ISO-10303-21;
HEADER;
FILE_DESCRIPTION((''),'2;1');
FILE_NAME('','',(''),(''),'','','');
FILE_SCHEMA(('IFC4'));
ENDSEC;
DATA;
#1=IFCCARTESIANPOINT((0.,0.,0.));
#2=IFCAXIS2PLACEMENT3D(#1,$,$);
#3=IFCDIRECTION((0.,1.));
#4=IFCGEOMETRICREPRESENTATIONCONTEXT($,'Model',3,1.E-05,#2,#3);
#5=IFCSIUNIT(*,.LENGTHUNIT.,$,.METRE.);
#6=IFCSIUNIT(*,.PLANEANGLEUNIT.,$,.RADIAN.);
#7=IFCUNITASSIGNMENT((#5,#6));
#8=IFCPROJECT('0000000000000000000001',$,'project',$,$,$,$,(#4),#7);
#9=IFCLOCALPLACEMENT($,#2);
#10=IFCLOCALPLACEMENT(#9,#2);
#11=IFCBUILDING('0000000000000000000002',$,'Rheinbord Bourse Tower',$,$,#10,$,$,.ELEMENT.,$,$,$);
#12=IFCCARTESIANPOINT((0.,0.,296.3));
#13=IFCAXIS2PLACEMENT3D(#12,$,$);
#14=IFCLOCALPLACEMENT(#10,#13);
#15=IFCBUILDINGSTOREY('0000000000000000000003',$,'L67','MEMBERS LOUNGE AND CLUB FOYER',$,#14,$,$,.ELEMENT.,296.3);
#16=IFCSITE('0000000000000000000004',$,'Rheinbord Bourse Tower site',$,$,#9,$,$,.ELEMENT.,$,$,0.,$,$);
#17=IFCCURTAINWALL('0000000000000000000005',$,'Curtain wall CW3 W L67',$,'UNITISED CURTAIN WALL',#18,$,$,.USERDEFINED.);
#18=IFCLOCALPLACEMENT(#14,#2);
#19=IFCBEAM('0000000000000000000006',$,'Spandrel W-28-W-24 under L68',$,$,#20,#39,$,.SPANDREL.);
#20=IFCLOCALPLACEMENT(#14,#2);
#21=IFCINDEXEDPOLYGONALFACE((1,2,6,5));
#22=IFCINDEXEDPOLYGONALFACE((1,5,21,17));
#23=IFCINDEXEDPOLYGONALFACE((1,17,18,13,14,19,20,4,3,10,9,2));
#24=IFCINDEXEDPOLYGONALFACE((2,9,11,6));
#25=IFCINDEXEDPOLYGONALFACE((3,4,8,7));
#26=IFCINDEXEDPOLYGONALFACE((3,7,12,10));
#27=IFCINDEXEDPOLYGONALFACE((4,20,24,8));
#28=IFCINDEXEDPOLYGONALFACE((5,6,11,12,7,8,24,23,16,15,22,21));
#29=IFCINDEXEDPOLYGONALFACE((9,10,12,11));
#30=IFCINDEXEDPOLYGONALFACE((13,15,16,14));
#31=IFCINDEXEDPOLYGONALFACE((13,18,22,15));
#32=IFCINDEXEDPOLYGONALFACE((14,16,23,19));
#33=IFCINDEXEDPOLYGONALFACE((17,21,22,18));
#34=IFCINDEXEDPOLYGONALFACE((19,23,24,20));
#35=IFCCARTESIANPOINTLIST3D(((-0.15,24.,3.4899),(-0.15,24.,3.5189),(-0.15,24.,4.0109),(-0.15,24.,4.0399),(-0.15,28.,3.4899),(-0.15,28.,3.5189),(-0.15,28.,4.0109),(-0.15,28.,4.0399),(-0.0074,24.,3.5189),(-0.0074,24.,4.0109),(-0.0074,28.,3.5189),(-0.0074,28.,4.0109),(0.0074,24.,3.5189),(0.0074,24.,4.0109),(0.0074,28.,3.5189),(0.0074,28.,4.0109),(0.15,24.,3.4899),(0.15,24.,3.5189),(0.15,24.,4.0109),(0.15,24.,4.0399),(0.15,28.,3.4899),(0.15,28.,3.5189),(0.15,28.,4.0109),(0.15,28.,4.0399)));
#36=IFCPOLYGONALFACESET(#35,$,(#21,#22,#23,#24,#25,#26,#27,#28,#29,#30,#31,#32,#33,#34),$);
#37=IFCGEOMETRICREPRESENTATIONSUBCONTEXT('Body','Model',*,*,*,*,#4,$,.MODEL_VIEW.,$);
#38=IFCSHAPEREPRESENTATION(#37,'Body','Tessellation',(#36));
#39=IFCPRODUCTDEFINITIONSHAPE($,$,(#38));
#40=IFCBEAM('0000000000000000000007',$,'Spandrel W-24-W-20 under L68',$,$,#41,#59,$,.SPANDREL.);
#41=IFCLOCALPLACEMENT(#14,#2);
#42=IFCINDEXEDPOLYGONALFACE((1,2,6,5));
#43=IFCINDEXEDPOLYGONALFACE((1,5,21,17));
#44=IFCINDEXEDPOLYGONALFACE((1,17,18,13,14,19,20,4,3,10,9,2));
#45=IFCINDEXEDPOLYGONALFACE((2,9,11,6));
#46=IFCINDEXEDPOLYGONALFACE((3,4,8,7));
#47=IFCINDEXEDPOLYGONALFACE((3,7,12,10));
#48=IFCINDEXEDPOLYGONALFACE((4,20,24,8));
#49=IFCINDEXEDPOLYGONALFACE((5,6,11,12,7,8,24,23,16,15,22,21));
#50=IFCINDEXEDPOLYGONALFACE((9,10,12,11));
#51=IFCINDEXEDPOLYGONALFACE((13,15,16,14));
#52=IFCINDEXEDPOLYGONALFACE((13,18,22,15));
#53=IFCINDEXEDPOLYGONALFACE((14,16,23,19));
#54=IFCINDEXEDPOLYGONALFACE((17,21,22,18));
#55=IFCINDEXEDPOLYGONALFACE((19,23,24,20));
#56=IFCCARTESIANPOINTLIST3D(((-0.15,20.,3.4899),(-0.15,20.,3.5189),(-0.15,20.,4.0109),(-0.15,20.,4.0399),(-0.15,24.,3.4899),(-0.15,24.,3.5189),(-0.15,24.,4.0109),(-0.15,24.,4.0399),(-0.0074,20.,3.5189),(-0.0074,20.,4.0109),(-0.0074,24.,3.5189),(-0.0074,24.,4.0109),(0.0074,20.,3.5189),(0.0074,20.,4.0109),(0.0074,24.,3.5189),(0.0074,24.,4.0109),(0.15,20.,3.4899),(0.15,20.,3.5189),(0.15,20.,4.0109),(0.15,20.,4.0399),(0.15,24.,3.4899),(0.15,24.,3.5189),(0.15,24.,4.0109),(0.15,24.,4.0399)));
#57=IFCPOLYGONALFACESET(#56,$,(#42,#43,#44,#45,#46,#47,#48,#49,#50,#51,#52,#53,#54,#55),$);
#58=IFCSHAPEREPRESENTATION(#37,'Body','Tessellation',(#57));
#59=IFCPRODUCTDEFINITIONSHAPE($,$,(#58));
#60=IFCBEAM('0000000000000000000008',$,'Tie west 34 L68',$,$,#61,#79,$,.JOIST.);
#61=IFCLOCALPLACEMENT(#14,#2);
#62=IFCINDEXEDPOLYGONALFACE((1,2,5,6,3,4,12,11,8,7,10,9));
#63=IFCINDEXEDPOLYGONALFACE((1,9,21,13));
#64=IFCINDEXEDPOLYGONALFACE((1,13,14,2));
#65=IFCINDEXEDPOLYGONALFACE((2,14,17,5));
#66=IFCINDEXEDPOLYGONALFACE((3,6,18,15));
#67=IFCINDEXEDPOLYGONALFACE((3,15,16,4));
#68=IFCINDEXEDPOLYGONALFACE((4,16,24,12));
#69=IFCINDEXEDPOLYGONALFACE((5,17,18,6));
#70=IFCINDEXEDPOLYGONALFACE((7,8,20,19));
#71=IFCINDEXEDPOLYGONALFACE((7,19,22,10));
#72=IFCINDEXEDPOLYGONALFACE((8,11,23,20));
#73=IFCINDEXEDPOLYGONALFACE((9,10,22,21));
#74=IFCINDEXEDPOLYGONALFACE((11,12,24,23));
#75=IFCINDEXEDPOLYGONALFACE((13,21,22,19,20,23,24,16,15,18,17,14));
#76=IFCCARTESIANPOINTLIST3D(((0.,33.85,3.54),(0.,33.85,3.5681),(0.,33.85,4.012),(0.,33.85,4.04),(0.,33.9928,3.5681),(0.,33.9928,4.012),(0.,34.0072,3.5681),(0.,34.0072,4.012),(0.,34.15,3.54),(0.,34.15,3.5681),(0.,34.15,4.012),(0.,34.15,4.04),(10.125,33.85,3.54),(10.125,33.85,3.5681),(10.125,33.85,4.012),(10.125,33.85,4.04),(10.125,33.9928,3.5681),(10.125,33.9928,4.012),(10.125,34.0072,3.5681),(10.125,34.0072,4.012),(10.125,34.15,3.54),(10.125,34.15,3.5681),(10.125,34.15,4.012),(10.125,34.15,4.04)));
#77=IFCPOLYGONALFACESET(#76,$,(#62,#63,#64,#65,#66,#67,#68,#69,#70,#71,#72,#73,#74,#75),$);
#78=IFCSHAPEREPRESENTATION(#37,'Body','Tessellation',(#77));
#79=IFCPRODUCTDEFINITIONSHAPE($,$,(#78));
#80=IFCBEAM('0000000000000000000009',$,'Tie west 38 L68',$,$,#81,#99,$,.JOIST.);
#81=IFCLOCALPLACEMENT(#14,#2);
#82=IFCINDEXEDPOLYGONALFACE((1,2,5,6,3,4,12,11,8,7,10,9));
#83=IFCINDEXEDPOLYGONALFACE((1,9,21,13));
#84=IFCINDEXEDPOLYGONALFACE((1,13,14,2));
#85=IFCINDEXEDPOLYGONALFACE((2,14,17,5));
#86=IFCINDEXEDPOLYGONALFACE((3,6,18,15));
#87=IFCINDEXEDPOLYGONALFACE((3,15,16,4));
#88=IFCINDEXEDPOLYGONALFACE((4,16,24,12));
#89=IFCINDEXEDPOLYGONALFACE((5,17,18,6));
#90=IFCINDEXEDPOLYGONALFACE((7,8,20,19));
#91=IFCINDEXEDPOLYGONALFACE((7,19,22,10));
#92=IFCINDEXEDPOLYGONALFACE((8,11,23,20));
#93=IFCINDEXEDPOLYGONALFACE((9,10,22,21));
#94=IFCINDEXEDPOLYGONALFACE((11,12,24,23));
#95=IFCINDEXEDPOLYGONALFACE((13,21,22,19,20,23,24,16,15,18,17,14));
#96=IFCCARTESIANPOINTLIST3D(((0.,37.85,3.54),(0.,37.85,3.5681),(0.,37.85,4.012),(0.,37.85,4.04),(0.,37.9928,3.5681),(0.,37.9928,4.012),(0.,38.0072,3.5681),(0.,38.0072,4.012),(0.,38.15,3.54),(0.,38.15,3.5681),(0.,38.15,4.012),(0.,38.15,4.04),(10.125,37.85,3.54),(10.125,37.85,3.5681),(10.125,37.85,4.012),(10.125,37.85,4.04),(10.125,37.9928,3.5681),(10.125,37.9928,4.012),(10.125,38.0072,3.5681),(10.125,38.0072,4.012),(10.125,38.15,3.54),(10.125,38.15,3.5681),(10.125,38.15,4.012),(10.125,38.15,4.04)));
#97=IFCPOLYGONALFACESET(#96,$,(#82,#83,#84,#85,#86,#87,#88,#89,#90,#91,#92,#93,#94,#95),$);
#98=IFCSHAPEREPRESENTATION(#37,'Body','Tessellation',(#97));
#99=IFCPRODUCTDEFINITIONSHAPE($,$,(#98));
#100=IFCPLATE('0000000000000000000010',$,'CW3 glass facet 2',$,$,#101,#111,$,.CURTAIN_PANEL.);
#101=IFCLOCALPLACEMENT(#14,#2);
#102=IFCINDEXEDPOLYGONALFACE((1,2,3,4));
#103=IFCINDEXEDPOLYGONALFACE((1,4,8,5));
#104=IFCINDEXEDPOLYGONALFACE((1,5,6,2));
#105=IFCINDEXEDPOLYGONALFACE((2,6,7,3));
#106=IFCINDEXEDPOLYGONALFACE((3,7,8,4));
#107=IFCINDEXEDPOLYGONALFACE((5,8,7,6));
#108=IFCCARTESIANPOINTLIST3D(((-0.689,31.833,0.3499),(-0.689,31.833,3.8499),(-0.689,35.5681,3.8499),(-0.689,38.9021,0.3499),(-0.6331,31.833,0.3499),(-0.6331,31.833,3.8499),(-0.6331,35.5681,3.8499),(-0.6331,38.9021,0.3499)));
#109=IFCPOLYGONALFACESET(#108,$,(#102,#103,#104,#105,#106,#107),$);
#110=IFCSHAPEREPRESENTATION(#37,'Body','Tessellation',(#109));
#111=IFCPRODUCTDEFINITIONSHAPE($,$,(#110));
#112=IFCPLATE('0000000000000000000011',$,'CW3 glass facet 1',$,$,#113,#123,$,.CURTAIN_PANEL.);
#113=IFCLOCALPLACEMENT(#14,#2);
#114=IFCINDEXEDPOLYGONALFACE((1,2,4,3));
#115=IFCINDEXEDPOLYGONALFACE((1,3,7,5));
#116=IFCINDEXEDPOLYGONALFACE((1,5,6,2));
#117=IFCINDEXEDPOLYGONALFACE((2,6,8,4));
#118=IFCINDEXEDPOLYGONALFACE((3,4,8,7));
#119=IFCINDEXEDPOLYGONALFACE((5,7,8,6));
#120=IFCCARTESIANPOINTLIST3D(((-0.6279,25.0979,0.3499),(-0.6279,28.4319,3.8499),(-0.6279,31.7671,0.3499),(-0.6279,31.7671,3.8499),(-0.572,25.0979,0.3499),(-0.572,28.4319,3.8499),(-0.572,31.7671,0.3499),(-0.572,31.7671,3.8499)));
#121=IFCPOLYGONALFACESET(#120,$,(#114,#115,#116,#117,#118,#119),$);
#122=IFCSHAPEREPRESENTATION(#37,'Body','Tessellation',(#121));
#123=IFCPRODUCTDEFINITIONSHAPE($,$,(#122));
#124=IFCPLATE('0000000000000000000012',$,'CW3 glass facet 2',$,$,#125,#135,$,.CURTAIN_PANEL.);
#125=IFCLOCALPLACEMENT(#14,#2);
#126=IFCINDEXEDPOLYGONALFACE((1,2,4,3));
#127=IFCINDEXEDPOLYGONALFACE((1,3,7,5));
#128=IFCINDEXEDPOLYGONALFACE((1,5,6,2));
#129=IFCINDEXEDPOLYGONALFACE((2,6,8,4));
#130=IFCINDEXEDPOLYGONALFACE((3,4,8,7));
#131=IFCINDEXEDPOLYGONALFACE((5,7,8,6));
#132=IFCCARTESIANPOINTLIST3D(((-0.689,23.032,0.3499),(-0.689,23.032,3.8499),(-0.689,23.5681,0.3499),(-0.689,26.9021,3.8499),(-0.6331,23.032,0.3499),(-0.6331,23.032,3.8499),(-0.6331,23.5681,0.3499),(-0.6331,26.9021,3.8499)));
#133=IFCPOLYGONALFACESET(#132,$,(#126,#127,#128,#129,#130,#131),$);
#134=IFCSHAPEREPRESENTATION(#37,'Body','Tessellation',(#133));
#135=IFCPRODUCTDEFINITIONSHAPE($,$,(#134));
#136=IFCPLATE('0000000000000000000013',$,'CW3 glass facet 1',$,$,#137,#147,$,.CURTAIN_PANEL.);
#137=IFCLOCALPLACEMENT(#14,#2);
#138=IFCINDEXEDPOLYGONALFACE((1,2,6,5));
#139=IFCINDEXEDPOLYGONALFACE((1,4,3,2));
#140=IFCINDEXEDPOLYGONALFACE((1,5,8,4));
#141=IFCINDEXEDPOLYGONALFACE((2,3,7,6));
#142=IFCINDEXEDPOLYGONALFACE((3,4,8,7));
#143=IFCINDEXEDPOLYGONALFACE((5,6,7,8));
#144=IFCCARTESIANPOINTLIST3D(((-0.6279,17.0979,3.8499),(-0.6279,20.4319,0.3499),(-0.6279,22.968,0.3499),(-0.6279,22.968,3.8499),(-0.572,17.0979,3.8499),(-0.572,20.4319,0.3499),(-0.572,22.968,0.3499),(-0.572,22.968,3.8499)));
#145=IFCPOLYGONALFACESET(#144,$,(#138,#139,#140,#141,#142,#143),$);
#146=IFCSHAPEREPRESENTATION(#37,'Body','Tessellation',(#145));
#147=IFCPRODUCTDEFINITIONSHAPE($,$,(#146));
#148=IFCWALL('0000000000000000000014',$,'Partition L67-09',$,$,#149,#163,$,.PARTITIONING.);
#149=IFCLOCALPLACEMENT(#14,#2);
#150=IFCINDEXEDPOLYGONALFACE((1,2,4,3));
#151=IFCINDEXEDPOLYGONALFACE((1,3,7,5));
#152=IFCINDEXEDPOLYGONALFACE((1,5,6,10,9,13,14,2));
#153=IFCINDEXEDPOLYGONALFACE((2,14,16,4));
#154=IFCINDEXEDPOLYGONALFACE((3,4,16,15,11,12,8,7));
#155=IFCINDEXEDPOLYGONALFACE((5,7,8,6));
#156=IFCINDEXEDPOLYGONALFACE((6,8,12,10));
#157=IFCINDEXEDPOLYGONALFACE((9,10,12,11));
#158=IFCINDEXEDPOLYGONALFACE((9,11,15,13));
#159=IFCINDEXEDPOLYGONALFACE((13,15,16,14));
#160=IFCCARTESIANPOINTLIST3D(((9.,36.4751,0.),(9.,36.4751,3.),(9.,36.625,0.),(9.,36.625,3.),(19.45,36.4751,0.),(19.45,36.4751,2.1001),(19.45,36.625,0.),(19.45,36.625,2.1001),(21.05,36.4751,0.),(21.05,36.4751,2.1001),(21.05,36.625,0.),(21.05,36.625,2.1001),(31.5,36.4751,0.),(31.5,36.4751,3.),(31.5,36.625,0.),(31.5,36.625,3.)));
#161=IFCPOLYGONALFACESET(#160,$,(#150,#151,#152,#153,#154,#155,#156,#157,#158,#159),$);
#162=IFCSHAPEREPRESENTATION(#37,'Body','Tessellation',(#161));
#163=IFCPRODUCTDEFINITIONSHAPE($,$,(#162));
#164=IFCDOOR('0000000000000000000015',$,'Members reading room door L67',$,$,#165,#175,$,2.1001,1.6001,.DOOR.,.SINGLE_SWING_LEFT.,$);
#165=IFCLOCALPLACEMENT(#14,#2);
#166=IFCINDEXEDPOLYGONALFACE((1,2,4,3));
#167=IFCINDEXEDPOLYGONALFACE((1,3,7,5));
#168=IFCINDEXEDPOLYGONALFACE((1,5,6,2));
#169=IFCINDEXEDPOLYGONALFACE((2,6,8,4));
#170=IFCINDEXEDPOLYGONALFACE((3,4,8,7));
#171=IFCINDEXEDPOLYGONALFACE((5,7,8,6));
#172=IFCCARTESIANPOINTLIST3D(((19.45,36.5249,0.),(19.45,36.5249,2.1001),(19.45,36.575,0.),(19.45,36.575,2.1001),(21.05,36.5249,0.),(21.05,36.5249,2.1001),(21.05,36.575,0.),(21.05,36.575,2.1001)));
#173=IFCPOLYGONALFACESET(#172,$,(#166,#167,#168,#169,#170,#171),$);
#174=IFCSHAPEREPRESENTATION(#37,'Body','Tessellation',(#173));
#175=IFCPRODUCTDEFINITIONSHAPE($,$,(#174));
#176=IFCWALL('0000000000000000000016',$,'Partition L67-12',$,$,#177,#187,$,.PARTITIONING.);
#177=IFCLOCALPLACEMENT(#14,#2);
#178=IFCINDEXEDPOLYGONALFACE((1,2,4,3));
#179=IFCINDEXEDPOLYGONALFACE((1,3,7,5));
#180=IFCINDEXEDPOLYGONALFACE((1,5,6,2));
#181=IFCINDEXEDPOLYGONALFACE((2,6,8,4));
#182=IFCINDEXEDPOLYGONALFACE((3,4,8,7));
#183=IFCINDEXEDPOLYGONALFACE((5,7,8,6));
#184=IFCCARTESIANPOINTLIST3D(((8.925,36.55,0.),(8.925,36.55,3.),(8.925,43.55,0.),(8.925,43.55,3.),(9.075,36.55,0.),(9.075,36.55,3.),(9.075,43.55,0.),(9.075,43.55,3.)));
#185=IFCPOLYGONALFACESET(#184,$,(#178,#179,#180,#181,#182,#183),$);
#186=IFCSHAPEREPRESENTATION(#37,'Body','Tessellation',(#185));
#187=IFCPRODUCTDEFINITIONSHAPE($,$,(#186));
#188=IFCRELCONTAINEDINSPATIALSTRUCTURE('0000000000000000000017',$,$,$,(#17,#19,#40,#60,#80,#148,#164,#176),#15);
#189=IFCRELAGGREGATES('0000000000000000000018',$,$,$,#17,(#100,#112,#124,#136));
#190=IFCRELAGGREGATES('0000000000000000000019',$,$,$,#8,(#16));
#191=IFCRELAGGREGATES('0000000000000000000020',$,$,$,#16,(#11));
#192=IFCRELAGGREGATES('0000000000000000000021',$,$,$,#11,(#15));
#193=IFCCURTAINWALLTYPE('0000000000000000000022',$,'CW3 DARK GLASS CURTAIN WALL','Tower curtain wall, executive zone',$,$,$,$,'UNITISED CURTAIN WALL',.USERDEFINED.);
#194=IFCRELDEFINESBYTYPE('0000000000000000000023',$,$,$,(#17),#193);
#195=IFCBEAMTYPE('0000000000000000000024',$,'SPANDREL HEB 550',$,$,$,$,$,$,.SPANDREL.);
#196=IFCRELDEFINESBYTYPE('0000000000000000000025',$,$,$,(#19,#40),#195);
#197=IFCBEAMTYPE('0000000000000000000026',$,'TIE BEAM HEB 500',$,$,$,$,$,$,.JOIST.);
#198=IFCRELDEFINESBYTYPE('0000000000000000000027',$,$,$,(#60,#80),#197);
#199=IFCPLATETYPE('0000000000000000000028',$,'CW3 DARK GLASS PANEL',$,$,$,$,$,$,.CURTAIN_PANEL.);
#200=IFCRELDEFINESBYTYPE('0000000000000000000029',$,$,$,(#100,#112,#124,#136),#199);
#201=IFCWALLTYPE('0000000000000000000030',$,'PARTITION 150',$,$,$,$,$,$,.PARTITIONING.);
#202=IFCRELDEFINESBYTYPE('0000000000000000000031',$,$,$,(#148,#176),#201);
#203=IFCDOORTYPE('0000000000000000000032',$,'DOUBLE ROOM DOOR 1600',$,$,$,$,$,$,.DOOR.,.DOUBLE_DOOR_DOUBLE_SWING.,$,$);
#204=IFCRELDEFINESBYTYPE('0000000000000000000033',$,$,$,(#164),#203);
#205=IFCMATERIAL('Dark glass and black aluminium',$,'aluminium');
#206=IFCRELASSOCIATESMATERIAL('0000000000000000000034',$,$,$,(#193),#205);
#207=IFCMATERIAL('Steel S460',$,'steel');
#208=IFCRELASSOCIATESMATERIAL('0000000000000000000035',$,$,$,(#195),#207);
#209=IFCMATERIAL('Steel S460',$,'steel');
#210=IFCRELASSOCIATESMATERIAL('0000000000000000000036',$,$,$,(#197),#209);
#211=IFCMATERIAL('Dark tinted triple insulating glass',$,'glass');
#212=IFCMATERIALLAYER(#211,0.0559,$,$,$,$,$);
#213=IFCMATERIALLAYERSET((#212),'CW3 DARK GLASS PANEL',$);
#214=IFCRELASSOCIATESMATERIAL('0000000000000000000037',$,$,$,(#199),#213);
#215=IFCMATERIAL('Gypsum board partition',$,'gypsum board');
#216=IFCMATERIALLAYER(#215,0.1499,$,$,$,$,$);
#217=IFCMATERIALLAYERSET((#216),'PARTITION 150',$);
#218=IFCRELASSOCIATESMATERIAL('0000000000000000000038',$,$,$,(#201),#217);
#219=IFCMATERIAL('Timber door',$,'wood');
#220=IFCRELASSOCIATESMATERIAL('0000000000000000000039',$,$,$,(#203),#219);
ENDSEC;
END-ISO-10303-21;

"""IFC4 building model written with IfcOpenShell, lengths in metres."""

from ifc_helpers import new_model, si_unit, direction, frame, frame_2d, origin, origin_2d, place, context, subcontext, project, spatial, polyline, rectangle, i_section, outline, extrude, material, layer, layer_set, material_profile, profile_set, type_object, element, fill, aggregate, save


model = new_model("IFC4")

# Units and contexts
model_context = context("Model", 3, precision=1e-05, world=origin(), true_north=direction((0.0, 1.0)))
body_context = subcontext(model_context, "Body", "Model", "MODEL_VIEW")
ifc_project = project(units=[si_unit("LENGTHUNIT", "METRE"), si_unit("PLANEANGLEUNIT", "RADIAN")], contexts=[model_context])

# Site, building, storey
site_placement = place(None, origin())
site = spatial("IfcSite", under=ifc_project, at=site_placement, Name="Rheinbord Bourse Tower site", CompositionType="ELEMENT", RefElevation=0.0)
building_placement = place(site_placement, origin())
building = spatial("IfcBuilding", under=site, at=building_placement, Name="Rheinbord Bourse Tower", CompositionType="ELEMENT")
storey_placement = place(building_placement, frame((0.0, 0.0, 296.3)))
storey = spatial("IfcBuildingStorey", under=building, at=storey_placement, Name="L67", Description="MEMBERS LOUNGE AND CLUB FOYER", CompositionType="ELEMENT", Elevation=296.3)

# Curtain wall
ifc_material_1 = material(Name="Dark glass and black aluminium", Category="aluminium")
curtain_wall_type = type_object("IfcCurtainWallType", Name="CW3 DARK GLASS CURTAIN WALL", Description="Tower curtain wall, executive zone", ElementType="UNITISED CURTAIN WALL", PredefinedType="USERDEFINED", material=ifc_material_1)
curtain_wall_placement = place(storey_placement, origin())
curtain_wall = element("IfcCurtainWall", 1, at=curtain_wall_placement, inside=storey, type_object=curtain_wall_type, Name="Curtain wall CW3 W L67", ObjectType="UNITISED CURTAIN WALL", PredefinedType="USERDEFINED")

# Beams
ifc_material_2 = material(Name="Steel S460", Category="steel")
ifc_material_profile_1 = material_profile(ifc_material_2, i_section(OverallWidth=0.3, OverallDepth=0.55, WebThickness=0.0149, FlangeThickness=0.0291, at=origin_2d()), Name="HEB 550")
ifc_profile_set_1 = profile_set([ifc_material_profile_1], Name="Steel S460")
beam_type_1 = type_object("IfcBeamType", Name="SPANDREL HEB 550", PredefinedType="SPANDREL", material=ifc_profile_set_1)
for number, where, z_axis, x_axis, name in (
    (2, (0.0, 28.0, 3.7649), (0.0, -1.0, 0.0), (1.0, 0.0, 0.0), "Spandrel W-28-W-24 under L68"),
    (3, (0.0, 24.0, 3.7649), (0.0, -1.0, 0.0), (1.0, 0.0, 0.0), "Spandrel W-24-W-20 under L68"),
):
    element("IfcBeam", number, at=place(storey_placement, frame(where, z_axis=z_axis, x_axis=x_axis)), inside=storey, type_object=beam_type_1, Name=name, PredefinedType="SPANDREL", context=body_context, shape_type="SweptSolid", body=[
        extrude(i_section(OverallWidth=0.3, OverallDepth=0.55, WebThickness=0.0149, FlangeThickness=0.0291, at=origin_2d()), origin(), (0.0, 0.0, 1.0), 4.0),
    ])
ifc_material_3 = material(Name="Steel S460", Category="steel")
ifc_material_profile_2 = material_profile(ifc_material_3, i_section(OverallWidth=0.3, OverallDepth=0.5, WebThickness=0.0144, FlangeThickness=0.0281, at=origin_2d()), Name="HEB 500")
ifc_profile_set_2 = profile_set([ifc_material_profile_2], Name="Steel S460")
beam_type_2 = type_object("IfcBeamType", Name="TIE BEAM HEB 500", PredefinedType="JOIST", material=ifc_profile_set_2)
for number, where, z_axis, x_axis, name in (
    (4, (0.0, 34.0, 3.79), (1.0, 0.0, 0.0), (0.0, 1.0, 0.0), "Tie west 34 L68"),
    (5, (0.0, 38.0, 3.79), (1.0, 0.0, 0.0), (0.0, 1.0, 0.0), "Tie west 38 L68"),
):
    element("IfcBeam", number, at=place(storey_placement, frame(where, z_axis=z_axis, x_axis=x_axis)), inside=storey, type_object=beam_type_2, Name=name, PredefinedType="JOIST", context=body_context, shape_type="SweptSolid", body=[
        extrude(i_section(OverallWidth=0.3, OverallDepth=0.5, WebThickness=0.0144, FlangeThickness=0.0281, at=origin_2d()), origin(), (0.0, 0.0, 1.0), 10.125),
    ])

# Plates
ifc_material_4 = material(Name="Dark tinted triple insulating glass", Category="glass")
ifc_layer_1 = layer(ifc_material_4, 0.0559)
ifc_layer_set_1 = layer_set([ifc_layer_1], Name="CW3 DARK GLASS PANEL")
plate_type = type_object("IfcPlateType", Name="CW3 DARK GLASS PANEL", PredefinedType="CURTAIN_PANEL", material=ifc_layer_set_1)
plate_1_placement = place(storey_placement, frame((-0.689, 31.833, 3.8499), z_axis=(1.0, 0.0, 0.0), x_axis=(0.0, 0.0, -1.0)))
plate_1 = element("IfcPlate", 6, at=plate_1_placement, type_object=plate_type, Name="CW3 glass facet 2", PredefinedType="CURTAIN_PANEL", context=body_context, shape_type="SweptSolid", body=[
    extrude(outline(polyline([(0.0, 0.0), (3.5, 0.0), (3.5, 7.0691), (0.0, 3.7351), (0.0, 0.0)])), origin(), (0.0, 0.0, 1.0), 0.0559),
])
plate_2_placement = place(storey_placement, frame((-0.6279, 31.7671, 0.3499), z_axis=(1.0, 0.0, 0.0), x_axis=(0.0, 0.0, 1.0)))
plate_2 = element("IfcPlate", 7, at=plate_2_placement, type_object=plate_type, Name="CW3 glass facet 1", PredefinedType="CURTAIN_PANEL", context=body_context, shape_type="SweptSolid", body=[
    extrude(outline(polyline([(0.0, 0.0), (3.5, 0.0), (3.5, 3.3352), (0.0, 6.6692), (0.0, 0.0)])), origin(), (0.0, 0.0, 1.0), 0.0559),
])
plate_3_placement = place(storey_placement, frame((-0.689, 23.032, 3.8499), z_axis=(1.0, 0.0, 0.0), x_axis=(0.0, 0.0, -1.0)))
plate_3 = element("IfcPlate", 8, at=plate_3_placement, type_object=plate_type, Name="CW3 glass facet 2", PredefinedType="CURTAIN_PANEL", context=body_context, shape_type="SweptSolid", body=[
    extrude(outline(polyline([(0.0, 0.0), (3.5, 0.0), (3.5, 0.5361), (0.0, 3.8701), (0.0, 0.0)])), origin(), (0.0, 0.0, 1.0), 0.0559),
])
plate_4_placement = place(storey_placement, frame((-0.6279, 22.968, 0.3499), z_axis=(1.0, 0.0, 0.0), x_axis=(0.0, 0.0, 1.0)))
plate_4 = element("IfcPlate", 9, at=plate_4_placement, type_object=plate_type, Name="CW3 glass facet 1", PredefinedType="CURTAIN_PANEL", context=body_context, shape_type="SweptSolid", body=[
    extrude(outline(polyline([(0.0, 0.0), (3.5, 0.0), (3.5, 5.8701), (0.0, 2.5361), (0.0, 0.0)])), origin(), (0.0, 0.0, 1.0), 0.0559),
])
aggregate(curtain_wall, [plate_1, plate_2, plate_3, plate_4])

# Wall, opening, door
ifc_material_5 = material(Name="Gypsum board partition", Category="gypsum board")
ifc_layer_2 = layer(ifc_material_5, 0.1499)
ifc_layer_set_2 = layer_set([ifc_layer_2], Name="PARTITION 150")
wall_type = type_object("IfcWallType", Name="PARTITION 150", PredefinedType="PARTITIONING", material=ifc_layer_set_2)
wall_1_placement = place(storey_placement, frame((9.0, 36.55, 0.0), z_axis=(0.0, 0.0, 1.0), x_axis=(1.0, 0.0, 0.0)))
wall_1 = element("IfcWall", 10, at=wall_1_placement, inside=storey, type_object=wall_type, Name="Partition L67-09", PredefinedType="PARTITIONING", context=body_context, shape_type="SweptSolid", body=[
    extrude(rectangle(XDim=22.5, YDim=0.1499, at=frame_2d((11.25, 0.0))), origin(), (0.0, 0.0, 1.0), 3.0),
])
opening_placement = place(wall_1_placement, frame((10.45, 0.0, 0.0)))
opening = element("IfcOpeningElement", 11, at=opening_placement, cuts=wall_1, PredefinedType="OPENING", context=body_context, shape_type="SweptSolid", body=[
    extrude(rectangle(XDim=1.6001, YDim=2.1001, at=frame_2d((0.8, 1.05))), frame((0.0, 0.085, 0.0), z_axis=(0.0, -1.0, 0.0), x_axis=(1.0, 0.0, 0.0)), (0.0, 0.0, 1.0), 0.1699),
])
ifc_material_6 = material(Name="Timber door", Category="wood")
door_type = type_object("IfcDoorType", Name="DOUBLE ROOM DOOR 1600", OperationType="DOUBLE_DOOR_DOUBLE_SWING", PredefinedType="DOOR", material=ifc_material_6)
door_placement = place(opening_placement, origin())
door = element("IfcDoor", 12, at=door_placement, inside=storey, type_object=door_type, Name="Members reading room door L67", OperationType="SINGLE_SWING_LEFT", OverallHeight=2.1001, OverallWidth=1.6001, PredefinedType="DOOR", context=body_context, shape_type="SweptSolid", body=[
    extrude(rectangle(XDim=1.6001, YDim=2.1001, at=frame_2d((0.8, 1.05))), frame((0.0, 0.0249, 0.0), z_axis=(0.0, -1.0, 0.0), x_axis=(1.0, 0.0, 0.0)), (0.0, 0.0, 1.0), 0.05),
])
fill(opening, door)

# Wall
wall_2_placement = place(storey_placement, frame((9.0, 36.55, 0.0), z_axis=(0.0, 0.0, 1.0), x_axis=(0.0, 1.0, 0.0)))
element("IfcWall", 13, at=wall_2_placement, inside=storey, type_object=wall_type, Name="Partition L67-12", PredefinedType="PARTITIONING", context=body_context, shape_type="SweptSolid", body=[
    extrude(rectangle(XDim=7.0, YDim=0.1499, at=frame_2d((3.5, 0.0))), origin(), (0.0, 0.0, 1.0), 3.0),
])

save(model, "model.ifc")
